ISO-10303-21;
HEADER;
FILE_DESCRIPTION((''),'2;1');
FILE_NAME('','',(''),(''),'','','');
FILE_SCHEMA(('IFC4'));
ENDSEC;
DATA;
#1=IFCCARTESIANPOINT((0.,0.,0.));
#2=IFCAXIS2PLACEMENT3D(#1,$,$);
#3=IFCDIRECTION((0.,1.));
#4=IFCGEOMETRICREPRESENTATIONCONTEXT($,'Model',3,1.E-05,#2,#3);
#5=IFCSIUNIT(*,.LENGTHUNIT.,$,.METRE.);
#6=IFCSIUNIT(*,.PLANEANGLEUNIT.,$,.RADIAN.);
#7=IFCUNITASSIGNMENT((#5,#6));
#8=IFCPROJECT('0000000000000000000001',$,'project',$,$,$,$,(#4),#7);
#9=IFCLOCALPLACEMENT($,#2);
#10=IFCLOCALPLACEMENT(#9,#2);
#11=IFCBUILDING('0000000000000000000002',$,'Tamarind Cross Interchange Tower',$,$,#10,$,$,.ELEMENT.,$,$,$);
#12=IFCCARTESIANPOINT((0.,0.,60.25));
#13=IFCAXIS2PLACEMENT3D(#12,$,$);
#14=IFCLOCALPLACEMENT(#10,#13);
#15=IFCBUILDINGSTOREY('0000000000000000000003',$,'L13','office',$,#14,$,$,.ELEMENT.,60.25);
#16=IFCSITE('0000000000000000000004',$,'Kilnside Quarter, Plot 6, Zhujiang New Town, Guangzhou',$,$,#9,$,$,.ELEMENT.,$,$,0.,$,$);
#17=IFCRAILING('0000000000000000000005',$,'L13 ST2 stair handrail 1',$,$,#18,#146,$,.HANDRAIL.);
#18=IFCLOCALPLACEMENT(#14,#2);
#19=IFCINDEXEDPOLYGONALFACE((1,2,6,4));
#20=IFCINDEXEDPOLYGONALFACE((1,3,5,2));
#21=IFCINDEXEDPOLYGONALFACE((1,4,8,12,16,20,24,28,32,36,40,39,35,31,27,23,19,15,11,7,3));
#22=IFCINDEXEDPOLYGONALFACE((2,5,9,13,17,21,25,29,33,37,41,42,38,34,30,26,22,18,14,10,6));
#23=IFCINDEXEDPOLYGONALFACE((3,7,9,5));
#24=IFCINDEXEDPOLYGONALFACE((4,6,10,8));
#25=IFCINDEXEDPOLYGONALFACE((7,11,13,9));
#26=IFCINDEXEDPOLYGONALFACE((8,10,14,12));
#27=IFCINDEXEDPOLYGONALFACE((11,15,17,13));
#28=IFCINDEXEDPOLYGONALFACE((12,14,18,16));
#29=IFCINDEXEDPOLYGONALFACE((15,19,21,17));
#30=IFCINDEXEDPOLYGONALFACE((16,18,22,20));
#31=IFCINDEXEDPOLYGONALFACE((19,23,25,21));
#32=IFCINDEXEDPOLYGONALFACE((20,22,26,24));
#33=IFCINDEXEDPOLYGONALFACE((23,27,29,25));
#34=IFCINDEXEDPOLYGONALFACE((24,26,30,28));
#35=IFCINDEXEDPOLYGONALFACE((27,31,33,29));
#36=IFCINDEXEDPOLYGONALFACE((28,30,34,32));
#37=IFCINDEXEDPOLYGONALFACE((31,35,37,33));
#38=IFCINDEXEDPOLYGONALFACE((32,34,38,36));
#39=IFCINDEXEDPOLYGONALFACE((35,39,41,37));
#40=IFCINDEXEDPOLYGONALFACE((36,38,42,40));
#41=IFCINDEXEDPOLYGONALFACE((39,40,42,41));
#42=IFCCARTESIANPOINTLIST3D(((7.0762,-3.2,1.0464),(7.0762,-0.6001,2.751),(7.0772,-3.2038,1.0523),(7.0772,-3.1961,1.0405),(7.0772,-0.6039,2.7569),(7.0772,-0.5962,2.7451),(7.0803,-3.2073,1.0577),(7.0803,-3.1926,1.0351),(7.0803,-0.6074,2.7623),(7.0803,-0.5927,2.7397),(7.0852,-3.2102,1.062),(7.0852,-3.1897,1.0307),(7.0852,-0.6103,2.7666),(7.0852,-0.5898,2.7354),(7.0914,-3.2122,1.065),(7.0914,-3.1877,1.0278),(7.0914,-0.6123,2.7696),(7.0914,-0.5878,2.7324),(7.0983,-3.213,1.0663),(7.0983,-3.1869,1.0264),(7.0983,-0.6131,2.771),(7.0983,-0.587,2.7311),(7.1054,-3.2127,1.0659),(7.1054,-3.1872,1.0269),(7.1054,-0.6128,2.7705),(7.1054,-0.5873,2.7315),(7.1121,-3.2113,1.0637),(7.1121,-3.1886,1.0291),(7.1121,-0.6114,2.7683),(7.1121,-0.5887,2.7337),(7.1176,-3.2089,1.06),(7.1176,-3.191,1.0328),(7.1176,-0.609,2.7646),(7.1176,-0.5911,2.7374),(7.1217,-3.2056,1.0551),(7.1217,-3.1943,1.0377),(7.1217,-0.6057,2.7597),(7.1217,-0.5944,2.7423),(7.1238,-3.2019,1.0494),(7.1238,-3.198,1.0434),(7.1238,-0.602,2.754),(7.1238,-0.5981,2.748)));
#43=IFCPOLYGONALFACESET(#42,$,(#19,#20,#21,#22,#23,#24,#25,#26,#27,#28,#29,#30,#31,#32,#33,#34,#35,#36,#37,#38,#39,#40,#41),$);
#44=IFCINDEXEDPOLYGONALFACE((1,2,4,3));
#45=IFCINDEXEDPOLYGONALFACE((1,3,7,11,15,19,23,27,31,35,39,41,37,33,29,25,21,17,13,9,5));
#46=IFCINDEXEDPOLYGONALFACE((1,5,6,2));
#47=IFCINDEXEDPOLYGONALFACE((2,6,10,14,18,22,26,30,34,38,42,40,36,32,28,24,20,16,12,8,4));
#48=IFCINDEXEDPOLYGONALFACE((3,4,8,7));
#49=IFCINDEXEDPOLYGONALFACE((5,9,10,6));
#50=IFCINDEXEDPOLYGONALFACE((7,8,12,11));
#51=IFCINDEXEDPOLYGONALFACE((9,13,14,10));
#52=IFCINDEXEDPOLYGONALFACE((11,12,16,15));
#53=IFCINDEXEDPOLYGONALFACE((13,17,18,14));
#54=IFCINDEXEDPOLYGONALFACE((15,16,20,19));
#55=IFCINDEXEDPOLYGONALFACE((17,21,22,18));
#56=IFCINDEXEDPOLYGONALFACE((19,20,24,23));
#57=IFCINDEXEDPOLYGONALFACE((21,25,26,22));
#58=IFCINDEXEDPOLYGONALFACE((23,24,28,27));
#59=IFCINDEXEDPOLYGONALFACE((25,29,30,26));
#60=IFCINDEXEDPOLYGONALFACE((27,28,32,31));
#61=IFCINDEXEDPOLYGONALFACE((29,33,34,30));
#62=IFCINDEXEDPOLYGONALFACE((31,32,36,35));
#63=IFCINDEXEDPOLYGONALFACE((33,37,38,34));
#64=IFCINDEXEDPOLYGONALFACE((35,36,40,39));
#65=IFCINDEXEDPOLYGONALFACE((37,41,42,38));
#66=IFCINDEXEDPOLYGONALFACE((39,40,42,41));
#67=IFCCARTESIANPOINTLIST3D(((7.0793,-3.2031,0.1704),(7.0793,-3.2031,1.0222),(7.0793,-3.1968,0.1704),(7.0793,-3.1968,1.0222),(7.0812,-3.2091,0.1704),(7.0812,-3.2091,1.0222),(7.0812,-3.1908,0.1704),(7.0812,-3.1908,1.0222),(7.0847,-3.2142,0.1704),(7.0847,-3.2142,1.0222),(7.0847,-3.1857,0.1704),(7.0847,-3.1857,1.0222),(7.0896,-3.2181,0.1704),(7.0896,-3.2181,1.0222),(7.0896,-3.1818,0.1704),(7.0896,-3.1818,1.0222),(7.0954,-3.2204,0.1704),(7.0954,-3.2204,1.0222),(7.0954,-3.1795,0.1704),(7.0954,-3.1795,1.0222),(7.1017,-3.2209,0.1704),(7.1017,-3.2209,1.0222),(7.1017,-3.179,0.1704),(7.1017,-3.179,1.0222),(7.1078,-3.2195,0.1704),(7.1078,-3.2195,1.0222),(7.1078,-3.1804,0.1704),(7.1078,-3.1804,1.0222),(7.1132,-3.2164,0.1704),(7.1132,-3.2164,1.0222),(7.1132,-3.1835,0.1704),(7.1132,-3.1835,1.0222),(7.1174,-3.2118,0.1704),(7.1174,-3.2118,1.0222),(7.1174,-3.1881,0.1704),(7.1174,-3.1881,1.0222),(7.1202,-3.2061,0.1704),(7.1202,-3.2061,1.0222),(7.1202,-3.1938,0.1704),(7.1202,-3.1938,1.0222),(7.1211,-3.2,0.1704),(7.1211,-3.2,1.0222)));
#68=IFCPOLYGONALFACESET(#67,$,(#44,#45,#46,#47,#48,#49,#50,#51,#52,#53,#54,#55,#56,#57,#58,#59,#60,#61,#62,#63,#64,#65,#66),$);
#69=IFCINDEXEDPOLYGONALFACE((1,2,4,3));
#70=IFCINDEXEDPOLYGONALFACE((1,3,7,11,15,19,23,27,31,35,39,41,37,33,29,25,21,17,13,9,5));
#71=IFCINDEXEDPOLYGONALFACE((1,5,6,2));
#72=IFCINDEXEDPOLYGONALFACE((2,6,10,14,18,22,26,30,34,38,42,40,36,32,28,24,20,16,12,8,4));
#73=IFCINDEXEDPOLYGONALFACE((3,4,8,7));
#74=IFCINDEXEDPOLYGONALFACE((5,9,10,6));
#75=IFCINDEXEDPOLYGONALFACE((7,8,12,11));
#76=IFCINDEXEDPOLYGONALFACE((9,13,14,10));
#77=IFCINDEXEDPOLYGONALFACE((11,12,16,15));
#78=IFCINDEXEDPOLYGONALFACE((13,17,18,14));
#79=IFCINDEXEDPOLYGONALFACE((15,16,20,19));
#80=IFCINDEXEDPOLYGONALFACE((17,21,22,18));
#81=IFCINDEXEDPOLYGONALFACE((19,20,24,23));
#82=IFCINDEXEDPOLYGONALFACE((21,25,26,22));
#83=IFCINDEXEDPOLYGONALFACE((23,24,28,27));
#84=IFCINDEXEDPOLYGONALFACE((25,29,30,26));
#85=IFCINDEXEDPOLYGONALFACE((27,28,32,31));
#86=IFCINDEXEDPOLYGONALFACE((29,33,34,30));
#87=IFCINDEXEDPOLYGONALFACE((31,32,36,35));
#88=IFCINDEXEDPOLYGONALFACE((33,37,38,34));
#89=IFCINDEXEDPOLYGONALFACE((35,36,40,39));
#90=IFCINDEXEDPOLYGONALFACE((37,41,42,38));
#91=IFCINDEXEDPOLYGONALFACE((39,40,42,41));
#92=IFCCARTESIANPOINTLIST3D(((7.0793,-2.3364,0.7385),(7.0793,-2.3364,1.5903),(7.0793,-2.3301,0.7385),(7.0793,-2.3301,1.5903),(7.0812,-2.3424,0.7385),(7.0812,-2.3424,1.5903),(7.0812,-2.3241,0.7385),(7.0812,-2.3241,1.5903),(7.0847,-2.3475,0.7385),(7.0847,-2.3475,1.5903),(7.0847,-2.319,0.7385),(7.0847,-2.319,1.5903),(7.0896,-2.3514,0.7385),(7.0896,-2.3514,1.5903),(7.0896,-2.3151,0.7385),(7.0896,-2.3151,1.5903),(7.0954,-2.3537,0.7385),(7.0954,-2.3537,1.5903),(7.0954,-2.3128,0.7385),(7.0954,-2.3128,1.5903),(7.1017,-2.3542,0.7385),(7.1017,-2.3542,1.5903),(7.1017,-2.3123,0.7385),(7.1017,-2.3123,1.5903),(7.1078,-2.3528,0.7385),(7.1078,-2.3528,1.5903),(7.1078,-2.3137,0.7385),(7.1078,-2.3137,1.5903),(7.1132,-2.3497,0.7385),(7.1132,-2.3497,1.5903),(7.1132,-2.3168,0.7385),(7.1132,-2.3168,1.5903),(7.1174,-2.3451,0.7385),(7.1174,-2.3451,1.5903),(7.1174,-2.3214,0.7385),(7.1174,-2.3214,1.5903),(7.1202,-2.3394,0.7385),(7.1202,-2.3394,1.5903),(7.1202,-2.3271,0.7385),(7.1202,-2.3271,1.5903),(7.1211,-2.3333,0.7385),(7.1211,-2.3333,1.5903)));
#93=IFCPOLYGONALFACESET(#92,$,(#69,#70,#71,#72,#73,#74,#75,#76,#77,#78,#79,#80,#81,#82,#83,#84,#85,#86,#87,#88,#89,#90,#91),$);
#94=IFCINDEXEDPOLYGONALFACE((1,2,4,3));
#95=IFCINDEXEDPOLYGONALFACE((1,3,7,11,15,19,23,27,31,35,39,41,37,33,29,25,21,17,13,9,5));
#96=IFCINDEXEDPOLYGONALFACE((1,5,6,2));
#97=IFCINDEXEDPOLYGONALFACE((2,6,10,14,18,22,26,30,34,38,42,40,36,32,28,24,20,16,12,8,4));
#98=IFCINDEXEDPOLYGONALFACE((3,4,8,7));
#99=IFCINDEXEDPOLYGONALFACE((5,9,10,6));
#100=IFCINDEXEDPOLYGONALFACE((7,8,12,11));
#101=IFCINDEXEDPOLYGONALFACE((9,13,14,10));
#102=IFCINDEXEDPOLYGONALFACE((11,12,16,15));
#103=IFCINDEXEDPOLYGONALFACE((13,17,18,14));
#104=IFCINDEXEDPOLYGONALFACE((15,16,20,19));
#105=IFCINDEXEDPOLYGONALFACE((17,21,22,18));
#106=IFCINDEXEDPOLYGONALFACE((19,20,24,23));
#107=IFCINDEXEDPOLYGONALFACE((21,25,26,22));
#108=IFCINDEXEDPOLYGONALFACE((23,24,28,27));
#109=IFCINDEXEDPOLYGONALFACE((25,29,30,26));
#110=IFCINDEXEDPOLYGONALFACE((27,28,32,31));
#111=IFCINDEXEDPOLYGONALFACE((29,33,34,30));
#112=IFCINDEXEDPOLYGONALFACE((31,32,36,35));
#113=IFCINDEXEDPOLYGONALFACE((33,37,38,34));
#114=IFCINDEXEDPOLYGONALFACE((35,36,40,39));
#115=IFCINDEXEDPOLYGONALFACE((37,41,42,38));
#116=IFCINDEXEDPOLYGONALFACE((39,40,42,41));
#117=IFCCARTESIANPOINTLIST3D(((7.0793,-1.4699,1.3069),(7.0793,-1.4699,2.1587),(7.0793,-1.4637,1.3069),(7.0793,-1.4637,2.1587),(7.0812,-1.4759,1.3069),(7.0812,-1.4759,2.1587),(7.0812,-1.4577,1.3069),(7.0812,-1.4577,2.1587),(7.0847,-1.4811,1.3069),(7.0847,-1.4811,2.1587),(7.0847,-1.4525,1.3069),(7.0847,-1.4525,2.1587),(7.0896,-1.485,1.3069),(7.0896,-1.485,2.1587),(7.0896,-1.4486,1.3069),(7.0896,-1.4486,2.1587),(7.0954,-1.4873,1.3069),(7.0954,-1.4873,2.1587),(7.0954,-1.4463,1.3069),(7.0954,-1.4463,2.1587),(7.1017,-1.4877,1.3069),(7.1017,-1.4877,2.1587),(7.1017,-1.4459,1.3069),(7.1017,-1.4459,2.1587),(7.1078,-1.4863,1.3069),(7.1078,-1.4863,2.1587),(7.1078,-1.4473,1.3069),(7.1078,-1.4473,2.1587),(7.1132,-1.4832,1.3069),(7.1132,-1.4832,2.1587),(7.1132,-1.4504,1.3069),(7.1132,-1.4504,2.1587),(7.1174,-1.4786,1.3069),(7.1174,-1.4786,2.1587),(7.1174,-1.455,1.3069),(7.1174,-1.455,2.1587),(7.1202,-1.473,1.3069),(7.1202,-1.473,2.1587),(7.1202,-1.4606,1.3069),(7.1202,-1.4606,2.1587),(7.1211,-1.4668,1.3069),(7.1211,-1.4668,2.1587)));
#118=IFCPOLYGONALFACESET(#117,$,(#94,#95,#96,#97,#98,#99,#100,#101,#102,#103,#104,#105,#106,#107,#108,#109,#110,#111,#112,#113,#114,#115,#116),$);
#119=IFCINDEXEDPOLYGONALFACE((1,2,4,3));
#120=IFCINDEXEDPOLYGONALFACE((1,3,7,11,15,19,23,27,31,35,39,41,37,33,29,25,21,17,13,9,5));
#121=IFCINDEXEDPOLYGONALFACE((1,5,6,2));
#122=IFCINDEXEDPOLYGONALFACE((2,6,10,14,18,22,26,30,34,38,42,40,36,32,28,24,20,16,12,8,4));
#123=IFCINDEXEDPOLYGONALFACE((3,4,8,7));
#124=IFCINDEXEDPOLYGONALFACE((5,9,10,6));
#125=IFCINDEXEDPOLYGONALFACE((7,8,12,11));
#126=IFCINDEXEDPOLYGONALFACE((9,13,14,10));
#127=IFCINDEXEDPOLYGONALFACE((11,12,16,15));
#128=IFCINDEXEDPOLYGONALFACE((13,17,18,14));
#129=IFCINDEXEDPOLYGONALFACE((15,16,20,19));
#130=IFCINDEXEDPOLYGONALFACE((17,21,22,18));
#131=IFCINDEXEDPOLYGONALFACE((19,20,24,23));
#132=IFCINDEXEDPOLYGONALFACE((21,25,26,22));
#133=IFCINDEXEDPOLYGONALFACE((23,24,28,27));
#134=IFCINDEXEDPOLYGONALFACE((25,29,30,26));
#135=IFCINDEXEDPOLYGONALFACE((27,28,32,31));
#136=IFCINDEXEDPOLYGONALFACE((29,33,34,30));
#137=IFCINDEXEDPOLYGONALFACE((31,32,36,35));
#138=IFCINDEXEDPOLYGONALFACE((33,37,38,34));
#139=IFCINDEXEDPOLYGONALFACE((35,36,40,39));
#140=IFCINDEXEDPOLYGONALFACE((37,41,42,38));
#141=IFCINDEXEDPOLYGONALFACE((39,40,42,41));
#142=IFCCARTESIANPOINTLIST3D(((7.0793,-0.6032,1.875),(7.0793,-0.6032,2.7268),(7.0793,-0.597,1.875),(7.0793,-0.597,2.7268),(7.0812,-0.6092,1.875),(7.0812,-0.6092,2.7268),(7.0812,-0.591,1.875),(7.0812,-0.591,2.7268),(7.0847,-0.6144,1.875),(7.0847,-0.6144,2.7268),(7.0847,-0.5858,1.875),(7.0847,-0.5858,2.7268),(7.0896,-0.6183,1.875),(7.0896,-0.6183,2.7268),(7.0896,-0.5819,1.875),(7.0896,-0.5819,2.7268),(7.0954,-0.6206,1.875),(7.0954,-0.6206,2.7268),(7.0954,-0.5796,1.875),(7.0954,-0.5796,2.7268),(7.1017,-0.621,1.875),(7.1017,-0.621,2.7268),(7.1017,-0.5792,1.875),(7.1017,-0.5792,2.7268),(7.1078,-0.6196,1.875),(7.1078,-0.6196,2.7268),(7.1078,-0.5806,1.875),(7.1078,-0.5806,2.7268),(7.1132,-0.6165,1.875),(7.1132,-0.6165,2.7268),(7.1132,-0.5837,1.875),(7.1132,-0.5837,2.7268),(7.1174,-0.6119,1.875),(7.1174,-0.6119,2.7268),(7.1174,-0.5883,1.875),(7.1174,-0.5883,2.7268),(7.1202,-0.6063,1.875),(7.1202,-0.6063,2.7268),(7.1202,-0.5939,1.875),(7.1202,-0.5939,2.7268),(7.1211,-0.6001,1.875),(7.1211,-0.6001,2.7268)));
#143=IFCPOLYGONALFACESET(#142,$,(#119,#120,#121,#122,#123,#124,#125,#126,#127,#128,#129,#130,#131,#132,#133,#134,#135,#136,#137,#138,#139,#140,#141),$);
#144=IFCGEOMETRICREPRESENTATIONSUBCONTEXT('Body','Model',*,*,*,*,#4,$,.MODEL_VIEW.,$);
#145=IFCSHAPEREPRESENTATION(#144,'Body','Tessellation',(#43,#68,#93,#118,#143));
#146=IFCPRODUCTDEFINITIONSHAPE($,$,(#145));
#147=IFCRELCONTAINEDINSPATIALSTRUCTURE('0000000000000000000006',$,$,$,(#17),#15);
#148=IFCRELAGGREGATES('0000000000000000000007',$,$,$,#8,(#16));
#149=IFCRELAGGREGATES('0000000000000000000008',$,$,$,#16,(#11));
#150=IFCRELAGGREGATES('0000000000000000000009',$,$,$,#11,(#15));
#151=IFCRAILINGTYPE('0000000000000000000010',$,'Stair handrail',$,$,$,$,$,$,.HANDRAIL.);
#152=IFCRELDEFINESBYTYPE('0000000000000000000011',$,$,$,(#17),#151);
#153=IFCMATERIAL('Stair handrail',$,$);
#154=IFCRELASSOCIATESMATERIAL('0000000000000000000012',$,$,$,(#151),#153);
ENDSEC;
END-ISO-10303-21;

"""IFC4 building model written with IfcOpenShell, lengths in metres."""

from ifc_helpers import new_model, si_unit, direction, frame, origin, origin_2d, place, context, subcontext, project, spatial, circle, extrude, material, type_object, element, save


model = new_model("IFC4")

# Units and contexts
model_context = context("Model", 3, precision=1e-05, world=origin(), true_north=direction((0.0, 1.0)))
body_context = subcontext(model_context, "Body", "Model", "MODEL_VIEW")
ifc_project = project(units=[si_unit("LENGTHUNIT", "METRE"), si_unit("PLANEANGLEUNIT", "RADIAN")], contexts=[model_context])

# Site, building, storey
site_placement = place(None, origin())
site = spatial("IfcSite", under=ifc_project, at=site_placement, Name="Kilnside Quarter, Plot 6, Zhujiang New Town, Guangzhou", CompositionType="ELEMENT", RefElevation=0.0)
building_placement = place(site_placement, origin())
building = spatial("IfcBuilding", under=site, at=building_placement, Name="Tamarind Cross Interchange Tower", CompositionType="ELEMENT")
storey_placement = place(building_placement, frame((0.0, 0.0, 60.25)))
storey = spatial("IfcBuildingStorey", under=building, at=storey_placement, Name="L13", Description="office", CompositionType="ELEMENT", Elevation=60.25)

# Railing
ifc_material_1 = material(Name="Stair handrail")
railing_type_1 = type_object("IfcRailingType", Name="Stair handrail", PredefinedType="HANDRAIL", material=ifc_material_1)
railing_1_placement = place(storey_placement, frame((7.1001, -3.2, 0.1704)))
element("IfcRailing", 1, at=railing_1_placement, inside=storey, type_object=railing_type_1, Name="L13 ST2 stair handrail 1", PredefinedType="HANDRAIL", context=body_context, shape_type="SweptSolid", body=[
    extrude(circle(Radius=0.0239, at=origin_2d()), frame((0.0, 0.0, 0.876), z_axis=(0.0, 0.836279, 0.548305), x_axis=(-1.0, 0.0, 0.0)), (0.0, 0.0, 1.0), 3.1089),
    extrude(circle(Radius=0.021, at=origin_2d()), origin(), (0.0, 0.0, 1.0), 0.8518),
    extrude(circle(Radius=0.021, at=origin_2d()), frame((0.0, 0.8667, 0.5681)), (0.0, 0.0, 1.0), 0.8518),
    extrude(circle(Radius=0.021, at=origin_2d()), frame((0.0, 1.7332, 1.1365)), (0.0, 0.0, 1.0), 0.8518),
    extrude(circle(Radius=0.021, at=origin_2d()), frame((0.0, 2.5999, 1.7046)), (0.0, 0.0, 1.0), 0.8518),
])

save(model, "model.ifc")
